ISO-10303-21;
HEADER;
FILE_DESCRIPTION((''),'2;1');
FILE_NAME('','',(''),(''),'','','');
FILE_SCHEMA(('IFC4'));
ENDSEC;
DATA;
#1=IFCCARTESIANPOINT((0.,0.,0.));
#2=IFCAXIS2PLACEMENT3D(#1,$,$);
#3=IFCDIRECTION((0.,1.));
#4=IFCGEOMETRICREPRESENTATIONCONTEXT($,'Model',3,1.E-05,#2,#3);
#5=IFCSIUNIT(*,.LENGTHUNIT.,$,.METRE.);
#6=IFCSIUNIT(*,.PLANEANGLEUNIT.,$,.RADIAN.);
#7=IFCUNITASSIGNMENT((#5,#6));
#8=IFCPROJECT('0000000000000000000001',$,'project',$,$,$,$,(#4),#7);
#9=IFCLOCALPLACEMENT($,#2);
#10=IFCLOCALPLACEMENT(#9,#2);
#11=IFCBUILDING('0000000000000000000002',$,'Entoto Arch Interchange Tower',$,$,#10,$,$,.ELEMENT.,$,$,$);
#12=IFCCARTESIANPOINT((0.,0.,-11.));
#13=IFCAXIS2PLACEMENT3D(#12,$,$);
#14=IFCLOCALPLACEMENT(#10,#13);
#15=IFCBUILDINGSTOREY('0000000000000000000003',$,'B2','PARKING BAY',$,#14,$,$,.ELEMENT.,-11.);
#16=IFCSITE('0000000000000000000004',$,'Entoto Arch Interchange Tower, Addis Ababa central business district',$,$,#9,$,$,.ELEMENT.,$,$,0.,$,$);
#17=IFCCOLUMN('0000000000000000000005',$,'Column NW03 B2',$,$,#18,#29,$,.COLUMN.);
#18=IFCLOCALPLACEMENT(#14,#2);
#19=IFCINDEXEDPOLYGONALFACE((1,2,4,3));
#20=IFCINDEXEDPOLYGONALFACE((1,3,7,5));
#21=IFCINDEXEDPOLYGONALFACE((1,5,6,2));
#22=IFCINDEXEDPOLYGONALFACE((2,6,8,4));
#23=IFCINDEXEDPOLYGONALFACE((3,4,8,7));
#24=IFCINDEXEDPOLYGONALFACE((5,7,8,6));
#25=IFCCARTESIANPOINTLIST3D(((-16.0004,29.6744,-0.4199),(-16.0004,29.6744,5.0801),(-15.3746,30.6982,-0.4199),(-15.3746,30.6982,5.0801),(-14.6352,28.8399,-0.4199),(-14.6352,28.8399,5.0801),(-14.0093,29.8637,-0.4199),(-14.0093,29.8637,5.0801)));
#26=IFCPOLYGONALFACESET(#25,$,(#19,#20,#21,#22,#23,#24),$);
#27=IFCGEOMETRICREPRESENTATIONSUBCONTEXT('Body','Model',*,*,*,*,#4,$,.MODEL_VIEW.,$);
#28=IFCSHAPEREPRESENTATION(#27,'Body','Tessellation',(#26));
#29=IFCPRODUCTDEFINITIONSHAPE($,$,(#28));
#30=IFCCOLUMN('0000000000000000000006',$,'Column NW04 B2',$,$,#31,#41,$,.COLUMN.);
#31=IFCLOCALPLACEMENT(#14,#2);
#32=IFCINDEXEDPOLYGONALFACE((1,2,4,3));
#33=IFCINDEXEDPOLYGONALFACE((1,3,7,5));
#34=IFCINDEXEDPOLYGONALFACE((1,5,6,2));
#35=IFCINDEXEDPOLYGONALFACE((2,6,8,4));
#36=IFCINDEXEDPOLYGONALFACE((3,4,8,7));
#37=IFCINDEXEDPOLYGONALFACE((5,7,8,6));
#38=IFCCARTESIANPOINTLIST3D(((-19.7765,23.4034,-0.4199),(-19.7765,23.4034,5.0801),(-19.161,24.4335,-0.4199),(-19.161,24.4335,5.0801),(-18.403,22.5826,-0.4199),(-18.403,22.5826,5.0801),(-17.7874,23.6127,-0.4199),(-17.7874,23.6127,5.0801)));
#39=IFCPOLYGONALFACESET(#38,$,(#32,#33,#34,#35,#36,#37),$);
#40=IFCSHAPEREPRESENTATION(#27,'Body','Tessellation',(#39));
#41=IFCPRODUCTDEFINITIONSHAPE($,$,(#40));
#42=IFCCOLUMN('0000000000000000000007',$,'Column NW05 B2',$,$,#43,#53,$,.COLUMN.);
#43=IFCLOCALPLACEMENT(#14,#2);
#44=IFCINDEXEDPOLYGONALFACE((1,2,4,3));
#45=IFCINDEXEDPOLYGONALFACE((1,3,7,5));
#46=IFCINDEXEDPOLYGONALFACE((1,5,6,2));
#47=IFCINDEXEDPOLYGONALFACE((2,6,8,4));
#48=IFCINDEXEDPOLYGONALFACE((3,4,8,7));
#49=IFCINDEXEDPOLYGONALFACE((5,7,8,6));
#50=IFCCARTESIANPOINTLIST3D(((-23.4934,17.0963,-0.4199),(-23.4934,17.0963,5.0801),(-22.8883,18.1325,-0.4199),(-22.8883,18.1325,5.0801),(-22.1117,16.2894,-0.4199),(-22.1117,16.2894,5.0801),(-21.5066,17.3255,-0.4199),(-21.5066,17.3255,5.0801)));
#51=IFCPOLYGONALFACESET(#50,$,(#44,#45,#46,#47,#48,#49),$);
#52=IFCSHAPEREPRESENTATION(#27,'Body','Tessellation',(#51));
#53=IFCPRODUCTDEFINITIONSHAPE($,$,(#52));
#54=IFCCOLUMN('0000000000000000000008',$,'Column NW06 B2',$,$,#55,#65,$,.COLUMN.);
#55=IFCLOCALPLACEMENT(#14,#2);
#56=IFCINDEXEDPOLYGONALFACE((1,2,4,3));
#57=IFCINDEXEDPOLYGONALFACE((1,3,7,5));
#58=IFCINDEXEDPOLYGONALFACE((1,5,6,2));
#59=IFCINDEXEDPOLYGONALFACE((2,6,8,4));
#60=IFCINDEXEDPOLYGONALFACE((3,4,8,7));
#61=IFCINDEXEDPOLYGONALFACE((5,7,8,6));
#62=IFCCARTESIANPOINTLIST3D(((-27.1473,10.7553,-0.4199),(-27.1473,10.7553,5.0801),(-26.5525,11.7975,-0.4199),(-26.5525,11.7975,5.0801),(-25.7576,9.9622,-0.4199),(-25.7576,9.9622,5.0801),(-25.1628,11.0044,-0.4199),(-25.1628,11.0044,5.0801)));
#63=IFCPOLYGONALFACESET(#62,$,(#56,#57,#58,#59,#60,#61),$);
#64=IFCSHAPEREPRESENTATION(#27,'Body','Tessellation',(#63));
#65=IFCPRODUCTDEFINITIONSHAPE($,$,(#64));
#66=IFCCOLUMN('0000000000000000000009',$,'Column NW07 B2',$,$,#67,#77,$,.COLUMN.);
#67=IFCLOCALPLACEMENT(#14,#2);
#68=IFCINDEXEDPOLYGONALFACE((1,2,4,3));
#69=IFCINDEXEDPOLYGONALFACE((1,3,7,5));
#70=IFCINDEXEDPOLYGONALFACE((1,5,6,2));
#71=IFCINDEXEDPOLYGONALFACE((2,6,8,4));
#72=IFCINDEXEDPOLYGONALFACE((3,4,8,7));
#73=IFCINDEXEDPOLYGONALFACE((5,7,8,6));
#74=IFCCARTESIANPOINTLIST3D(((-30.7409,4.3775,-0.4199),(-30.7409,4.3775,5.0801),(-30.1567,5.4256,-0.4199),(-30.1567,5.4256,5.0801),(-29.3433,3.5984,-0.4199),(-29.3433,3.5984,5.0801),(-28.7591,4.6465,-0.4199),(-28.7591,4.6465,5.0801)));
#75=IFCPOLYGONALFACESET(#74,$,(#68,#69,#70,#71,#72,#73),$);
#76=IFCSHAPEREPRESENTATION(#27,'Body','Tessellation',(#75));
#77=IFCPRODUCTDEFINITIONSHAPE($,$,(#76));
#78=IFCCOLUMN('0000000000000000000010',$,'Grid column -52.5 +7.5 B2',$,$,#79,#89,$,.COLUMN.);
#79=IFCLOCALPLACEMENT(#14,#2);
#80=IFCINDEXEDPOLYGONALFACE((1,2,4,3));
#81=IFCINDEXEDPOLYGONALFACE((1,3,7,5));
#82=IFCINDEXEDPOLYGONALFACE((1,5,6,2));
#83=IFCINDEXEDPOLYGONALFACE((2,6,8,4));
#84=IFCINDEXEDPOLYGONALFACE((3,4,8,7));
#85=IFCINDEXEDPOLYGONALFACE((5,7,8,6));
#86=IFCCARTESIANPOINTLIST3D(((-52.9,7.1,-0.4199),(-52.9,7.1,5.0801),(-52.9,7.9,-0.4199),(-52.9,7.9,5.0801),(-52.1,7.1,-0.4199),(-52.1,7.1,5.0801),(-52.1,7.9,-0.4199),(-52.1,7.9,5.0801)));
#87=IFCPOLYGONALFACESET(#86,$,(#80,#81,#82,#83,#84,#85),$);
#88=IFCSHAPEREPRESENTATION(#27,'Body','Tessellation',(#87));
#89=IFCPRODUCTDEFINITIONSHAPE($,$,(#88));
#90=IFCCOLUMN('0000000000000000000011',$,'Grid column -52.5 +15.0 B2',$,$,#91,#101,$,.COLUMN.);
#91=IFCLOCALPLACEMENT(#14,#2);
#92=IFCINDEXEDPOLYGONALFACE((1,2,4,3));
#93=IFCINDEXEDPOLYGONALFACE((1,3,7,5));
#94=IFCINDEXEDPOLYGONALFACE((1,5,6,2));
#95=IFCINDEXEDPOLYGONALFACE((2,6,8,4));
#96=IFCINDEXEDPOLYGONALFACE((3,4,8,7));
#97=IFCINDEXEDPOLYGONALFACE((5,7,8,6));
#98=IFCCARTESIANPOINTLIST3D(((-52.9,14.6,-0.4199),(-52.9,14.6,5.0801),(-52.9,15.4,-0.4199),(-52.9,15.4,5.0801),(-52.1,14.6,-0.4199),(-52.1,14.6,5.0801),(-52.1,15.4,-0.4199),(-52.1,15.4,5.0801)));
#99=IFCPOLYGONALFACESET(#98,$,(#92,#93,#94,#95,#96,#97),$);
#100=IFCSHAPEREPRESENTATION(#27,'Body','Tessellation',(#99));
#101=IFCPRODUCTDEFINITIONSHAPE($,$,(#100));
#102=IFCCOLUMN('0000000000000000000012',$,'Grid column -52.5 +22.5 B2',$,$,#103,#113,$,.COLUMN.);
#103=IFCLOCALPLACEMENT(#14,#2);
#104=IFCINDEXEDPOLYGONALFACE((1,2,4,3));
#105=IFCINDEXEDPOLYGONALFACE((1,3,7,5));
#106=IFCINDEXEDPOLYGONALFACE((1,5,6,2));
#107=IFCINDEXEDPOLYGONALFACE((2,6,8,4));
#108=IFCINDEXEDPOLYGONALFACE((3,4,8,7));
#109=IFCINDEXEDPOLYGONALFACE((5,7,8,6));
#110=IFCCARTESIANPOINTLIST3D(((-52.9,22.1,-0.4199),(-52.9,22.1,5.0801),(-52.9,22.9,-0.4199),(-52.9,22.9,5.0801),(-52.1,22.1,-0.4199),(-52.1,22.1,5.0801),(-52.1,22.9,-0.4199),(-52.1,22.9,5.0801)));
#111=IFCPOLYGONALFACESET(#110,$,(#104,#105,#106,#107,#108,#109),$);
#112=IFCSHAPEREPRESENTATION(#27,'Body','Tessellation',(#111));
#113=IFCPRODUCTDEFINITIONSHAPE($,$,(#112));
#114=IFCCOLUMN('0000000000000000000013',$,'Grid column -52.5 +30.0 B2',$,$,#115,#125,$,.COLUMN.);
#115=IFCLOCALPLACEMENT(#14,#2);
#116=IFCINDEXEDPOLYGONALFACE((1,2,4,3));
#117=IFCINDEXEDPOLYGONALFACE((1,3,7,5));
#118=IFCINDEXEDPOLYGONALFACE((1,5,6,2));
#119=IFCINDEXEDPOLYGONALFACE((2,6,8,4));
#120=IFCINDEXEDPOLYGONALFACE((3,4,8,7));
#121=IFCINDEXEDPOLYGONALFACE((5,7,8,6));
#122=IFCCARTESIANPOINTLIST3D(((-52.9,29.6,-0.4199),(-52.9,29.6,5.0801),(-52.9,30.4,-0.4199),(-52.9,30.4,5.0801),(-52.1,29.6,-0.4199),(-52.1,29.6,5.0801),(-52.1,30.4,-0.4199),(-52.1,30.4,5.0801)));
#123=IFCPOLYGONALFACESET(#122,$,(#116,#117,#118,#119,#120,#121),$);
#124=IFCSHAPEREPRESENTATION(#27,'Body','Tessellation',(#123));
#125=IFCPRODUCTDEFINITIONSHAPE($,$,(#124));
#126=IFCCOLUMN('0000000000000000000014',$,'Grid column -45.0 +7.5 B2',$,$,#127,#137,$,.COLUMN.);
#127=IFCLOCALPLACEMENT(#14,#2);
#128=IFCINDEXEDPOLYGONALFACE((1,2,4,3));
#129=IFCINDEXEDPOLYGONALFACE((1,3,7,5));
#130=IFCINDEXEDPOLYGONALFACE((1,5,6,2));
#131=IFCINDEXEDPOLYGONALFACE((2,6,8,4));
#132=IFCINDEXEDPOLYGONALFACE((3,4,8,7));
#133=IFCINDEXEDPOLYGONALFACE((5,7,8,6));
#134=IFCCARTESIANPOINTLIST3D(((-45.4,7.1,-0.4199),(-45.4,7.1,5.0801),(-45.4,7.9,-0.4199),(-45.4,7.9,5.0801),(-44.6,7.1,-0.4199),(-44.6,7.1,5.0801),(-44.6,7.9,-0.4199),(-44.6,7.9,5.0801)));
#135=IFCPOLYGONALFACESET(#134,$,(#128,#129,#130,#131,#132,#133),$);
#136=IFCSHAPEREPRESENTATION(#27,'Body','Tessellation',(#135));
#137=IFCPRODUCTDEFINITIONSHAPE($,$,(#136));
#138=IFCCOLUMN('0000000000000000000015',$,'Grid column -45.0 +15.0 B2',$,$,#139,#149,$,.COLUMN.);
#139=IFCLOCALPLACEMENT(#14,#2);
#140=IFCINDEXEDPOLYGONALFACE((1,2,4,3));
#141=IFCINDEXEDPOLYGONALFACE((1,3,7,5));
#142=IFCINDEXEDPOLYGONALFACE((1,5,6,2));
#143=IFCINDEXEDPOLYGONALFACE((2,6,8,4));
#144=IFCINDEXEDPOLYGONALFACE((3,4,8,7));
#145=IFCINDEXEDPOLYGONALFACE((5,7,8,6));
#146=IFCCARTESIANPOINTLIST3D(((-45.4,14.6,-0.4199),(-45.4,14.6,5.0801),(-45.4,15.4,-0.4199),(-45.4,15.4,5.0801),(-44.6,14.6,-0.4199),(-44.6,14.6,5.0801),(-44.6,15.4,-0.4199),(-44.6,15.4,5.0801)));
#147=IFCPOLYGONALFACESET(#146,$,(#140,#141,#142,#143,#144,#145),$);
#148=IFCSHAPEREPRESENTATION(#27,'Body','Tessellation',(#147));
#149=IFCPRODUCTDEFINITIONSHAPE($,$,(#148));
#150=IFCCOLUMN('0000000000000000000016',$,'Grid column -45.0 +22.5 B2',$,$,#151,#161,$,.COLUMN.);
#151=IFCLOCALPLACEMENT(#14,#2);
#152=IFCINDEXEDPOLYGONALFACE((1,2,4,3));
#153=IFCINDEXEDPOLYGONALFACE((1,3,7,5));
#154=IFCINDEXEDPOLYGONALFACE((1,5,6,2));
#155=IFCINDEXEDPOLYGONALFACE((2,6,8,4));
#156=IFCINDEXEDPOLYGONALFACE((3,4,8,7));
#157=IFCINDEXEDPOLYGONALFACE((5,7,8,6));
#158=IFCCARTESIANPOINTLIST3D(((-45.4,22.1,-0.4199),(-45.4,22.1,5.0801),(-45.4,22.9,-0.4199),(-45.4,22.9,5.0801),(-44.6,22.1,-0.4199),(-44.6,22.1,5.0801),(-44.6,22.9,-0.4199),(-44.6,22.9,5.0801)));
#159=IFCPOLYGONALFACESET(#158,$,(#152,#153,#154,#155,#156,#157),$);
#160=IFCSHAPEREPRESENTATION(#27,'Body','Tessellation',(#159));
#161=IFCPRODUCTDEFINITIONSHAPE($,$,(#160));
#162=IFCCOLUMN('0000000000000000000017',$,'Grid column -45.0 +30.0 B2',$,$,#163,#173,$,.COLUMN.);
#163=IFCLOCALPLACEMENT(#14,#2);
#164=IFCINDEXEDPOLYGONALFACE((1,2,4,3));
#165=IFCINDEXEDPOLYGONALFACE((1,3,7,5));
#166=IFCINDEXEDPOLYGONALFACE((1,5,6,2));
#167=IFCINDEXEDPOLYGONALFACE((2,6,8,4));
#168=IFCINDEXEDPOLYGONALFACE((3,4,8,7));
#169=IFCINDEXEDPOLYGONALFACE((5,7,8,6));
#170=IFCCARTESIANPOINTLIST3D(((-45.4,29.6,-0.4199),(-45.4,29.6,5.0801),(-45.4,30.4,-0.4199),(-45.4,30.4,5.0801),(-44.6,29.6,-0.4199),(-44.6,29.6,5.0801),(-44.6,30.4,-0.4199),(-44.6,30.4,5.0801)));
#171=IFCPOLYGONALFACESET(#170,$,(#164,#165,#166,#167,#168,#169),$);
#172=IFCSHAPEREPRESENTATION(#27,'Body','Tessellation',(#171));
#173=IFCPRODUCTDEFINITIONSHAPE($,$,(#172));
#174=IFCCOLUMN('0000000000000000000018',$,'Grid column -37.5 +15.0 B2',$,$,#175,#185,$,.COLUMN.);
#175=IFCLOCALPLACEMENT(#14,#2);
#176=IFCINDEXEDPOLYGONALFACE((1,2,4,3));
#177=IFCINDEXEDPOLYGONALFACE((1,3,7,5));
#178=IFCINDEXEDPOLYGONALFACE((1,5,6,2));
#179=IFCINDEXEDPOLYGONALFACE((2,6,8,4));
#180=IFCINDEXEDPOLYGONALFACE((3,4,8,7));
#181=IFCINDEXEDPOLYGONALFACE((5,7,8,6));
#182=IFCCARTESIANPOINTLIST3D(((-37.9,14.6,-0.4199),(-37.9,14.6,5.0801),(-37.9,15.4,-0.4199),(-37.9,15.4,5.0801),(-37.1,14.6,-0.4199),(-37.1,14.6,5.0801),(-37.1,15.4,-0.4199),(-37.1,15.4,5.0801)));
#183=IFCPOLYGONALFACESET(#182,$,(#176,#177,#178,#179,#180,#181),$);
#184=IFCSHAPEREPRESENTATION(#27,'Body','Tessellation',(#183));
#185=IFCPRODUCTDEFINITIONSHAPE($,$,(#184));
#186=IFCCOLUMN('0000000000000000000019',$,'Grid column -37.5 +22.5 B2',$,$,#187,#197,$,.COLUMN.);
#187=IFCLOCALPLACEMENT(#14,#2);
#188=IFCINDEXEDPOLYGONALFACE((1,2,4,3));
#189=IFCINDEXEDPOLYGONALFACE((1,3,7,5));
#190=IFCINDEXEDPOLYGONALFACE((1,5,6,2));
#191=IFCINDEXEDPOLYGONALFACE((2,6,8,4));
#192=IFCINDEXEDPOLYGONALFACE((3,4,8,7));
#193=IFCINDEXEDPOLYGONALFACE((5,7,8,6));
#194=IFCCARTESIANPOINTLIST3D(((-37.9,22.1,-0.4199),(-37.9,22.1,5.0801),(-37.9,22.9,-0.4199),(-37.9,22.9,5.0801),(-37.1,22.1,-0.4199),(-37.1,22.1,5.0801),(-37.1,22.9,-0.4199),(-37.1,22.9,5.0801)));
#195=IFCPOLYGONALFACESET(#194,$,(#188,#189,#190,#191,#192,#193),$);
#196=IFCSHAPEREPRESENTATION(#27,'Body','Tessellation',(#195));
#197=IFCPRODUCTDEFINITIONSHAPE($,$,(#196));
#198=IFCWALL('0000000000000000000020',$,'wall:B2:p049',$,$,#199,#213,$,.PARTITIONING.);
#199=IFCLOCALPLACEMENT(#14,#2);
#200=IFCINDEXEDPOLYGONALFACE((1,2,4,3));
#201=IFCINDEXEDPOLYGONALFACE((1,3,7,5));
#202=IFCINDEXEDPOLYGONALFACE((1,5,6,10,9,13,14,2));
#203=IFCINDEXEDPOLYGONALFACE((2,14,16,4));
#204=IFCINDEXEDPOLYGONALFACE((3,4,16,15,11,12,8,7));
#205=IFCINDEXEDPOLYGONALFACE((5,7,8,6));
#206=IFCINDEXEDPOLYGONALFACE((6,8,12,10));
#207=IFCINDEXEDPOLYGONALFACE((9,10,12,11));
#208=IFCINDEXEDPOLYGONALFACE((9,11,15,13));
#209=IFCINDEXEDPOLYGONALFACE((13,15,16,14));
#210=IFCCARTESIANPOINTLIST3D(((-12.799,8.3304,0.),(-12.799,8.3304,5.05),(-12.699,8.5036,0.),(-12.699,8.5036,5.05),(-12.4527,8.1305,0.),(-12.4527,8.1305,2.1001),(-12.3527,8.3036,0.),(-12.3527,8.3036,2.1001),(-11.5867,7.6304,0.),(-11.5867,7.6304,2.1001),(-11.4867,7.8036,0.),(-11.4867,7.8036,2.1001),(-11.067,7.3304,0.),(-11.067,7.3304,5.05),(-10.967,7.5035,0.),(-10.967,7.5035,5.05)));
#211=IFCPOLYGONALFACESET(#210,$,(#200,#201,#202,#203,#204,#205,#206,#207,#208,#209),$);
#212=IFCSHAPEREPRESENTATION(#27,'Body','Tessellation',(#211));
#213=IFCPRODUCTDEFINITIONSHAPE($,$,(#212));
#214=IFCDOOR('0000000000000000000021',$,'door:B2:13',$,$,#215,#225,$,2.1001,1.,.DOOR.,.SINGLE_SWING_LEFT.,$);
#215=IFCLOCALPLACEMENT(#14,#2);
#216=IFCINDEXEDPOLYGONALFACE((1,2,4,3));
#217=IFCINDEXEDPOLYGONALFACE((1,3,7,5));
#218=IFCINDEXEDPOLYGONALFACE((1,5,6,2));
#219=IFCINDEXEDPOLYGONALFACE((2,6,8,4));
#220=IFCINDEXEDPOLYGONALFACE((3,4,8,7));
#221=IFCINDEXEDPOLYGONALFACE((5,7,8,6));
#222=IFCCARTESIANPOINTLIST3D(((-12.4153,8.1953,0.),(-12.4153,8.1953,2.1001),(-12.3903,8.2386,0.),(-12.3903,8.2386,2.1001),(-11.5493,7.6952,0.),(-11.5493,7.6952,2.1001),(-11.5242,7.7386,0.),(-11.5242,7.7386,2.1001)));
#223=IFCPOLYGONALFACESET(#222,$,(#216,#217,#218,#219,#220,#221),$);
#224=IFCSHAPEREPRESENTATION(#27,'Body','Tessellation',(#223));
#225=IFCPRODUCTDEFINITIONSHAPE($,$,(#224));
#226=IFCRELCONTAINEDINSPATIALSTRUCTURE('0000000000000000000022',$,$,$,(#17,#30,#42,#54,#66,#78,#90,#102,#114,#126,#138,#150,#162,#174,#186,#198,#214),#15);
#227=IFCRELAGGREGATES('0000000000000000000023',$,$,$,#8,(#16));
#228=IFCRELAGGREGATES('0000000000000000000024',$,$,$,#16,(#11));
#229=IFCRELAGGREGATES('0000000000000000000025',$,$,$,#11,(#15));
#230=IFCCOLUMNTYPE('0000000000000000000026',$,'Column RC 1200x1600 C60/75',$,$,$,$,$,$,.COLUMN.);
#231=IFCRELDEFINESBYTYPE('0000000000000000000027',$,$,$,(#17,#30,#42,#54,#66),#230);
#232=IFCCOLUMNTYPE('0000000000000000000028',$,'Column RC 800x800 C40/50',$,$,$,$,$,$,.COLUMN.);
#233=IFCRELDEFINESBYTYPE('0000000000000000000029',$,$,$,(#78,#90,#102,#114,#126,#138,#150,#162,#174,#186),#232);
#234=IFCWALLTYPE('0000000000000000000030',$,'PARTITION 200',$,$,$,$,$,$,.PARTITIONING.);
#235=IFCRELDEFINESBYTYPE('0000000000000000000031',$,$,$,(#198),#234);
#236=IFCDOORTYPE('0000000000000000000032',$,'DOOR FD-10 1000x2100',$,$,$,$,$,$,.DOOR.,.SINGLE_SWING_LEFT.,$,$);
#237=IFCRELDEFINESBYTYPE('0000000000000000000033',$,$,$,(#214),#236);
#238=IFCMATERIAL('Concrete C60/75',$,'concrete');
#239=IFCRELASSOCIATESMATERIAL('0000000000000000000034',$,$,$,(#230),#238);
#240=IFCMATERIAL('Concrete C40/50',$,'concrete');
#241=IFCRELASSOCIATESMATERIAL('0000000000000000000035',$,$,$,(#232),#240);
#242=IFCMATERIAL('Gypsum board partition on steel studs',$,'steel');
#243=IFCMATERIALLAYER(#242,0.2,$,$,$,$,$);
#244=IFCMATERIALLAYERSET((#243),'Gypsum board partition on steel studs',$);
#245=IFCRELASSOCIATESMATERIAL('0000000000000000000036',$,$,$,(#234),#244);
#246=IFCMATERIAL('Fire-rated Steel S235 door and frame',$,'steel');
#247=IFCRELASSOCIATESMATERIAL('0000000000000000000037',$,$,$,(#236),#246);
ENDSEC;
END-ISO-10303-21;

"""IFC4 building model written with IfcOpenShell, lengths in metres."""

from ifc_helpers import new_model, si_unit, direction, frame, frame_2d, origin, origin_2d, place, context, subcontext, project, spatial, rectangle, extrude, material, layer, layer_set, material_profile, profile_set, type_object, element, fill, save


model = new_model("IFC4")

# Units and contexts
model_context = context("Model", 3, precision=1e-05, world=origin(), true_north=direction((0.0, 1.0)))
body_context = subcontext(model_context, "Body", "Model", "MODEL_VIEW")
ifc_project = project(units=[si_unit("LENGTHUNIT", "METRE"), si_unit("PLANEANGLEUNIT", "RADIAN")], contexts=[model_context])

# Site, building, storey
site_placement = place(None, origin())
site = spatial("IfcSite", under=ifc_project, at=site_placement, Name="Entoto Arch Interchange Tower, Addis Ababa central business district", CompositionType="ELEMENT", RefElevation=0.0)
building_placement = place(site_placement, origin())
building = spatial("IfcBuilding", under=site, at=building_placement, Name="Entoto Arch Interchange Tower", CompositionType="ELEMENT")
storey_placement = place(building_placement, frame((0.0, 0.0, -11.0)))
storey = spatial("IfcBuildingStorey", under=building, at=storey_placement, Name="B2", Description="PARKING BAY", CompositionType="ELEMENT", Elevation=-11.0)

# Columns
ifc_material_1 = material(Name="Concrete C60/75", Category="concrete")
ifc_material_profile_1 = material_profile(ifc_material_1, rectangle(XDim=1.2, YDim=1.6001, at=origin_2d()))
ifc_profile_set_1 = profile_set([ifc_material_profile_1], Name="Concrete C60/75")
column_type_1 = type_object("IfcColumnType", Name="Column RC 1200x1600 C60/75", PredefinedType="COLUMN", material=ifc_profile_set_1)
for number, where, z_axis, x_axis, name in (
    (1, (-15.0049, 29.769, -0.4199), (0.0, 0.0, 1.0), (0.521546, 0.853223, 0.0), "Column NW03 B2"),
    (2, (-18.782, 23.5081, -0.4199), (0.0, 0.0, 1.0), (0.512972, 0.858405, 0.0), "Column NW04 B2"),
    (3, (-22.5, 17.2109, -0.4199), (0.0, 0.0, 1.0), (0.504332, 0.86351, 0.0), "Column NW05 B2"),
    (4, (-26.155, 10.8799, -0.4199), (0.0, 0.0, 1.0), (0.495656, 0.868519, 0.0), "Column NW06 B2"),
    (5, (-29.75, 4.512, -0.4199), (0.0, 0.0, 1.0), (0.486915, 0.873449, 0.0), "Column NW07 B2"),
):
    element("IfcColumn", number, at=place(storey_placement, frame(where, z_axis=z_axis, x_axis=x_axis)), inside=storey, type_object=column_type_1, Name=name, PredefinedType="COLUMN", context=body_context, shape_type="SweptSolid", body=[
        extrude(rectangle(XDim=1.2, YDim=1.6001, at=origin_2d()), origin(), (0.0, 0.0, 1.0), 5.5),
    ])
ifc_material_2 = material(Name="Concrete C40/50", Category="concrete")
ifc_material_profile_2 = material_profile(ifc_material_2, rectangle(XDim=0.8, YDim=0.8, at=origin_2d()))
ifc_profile_set_2 = profile_set([ifc_material_profile_2], Name="Concrete C40/50")
column_type_2 = type_object("IfcColumnType", Name="Column RC 800x800 C40/50", PredefinedType="COLUMN", material=ifc_profile_set_2)
for number, where, z_axis, x_axis, name in (
    (6, (-52.5, 7.5, -0.4199), (0.0, 0.0, 1.0), (1.0, 0.0, 0.0), "Grid column -52.5 +7.5 B2"),
    (7, (-52.5, 15.0, -0.4199), (0.0, 0.0, 1.0), (1.0, 0.0, 0.0), "Grid column -52.5 +15.0 B2"),
    (8, (-52.5, 22.5, -0.4199), (0.0, 0.0, 1.0), (1.0, 0.0, 0.0), "Grid column -52.5 +22.5 B2"),
    (9, (-52.5, 30.0, -0.4199), (0.0, 0.0, 1.0), (1.0, 0.0, 0.0), "Grid column -52.5 +30.0 B2"),
    (10, (-45.0, 7.5, -0.4199), (0.0, 0.0, 1.0), (1.0, 0.0, 0.0), "Grid column -45.0 +7.5 B2"),
    (11, (-45.0, 15.0, -0.4199), (0.0, 0.0, 1.0), (1.0, 0.0, 0.0), "Grid column -45.0 +15.0 B2"),
    (12, (-45.0, 22.5, -0.4199), (0.0, 0.0, 1.0), (1.0, 0.0, 0.0), "Grid column -45.0 +22.5 B2"),
    (13, (-45.0, 30.0, -0.4199), (0.0, 0.0, 1.0), (1.0, 0.0, 0.0), "Grid column -45.0 +30.0 B2"),
    (14, (-37.5, 15.0, -0.4199), (0.0, 0.0, 1.0), (1.0, 0.0, 0.0), "Grid column -37.5 +15.0 B2"),
    (15, (-37.5, 22.5, -0.4199), (0.0, 0.0, 1.0), (1.0, 0.0, 0.0), "Grid column -37.5 +22.5 B2"),
):
    element("IfcColumn", number, at=place(storey_placement, frame(where, z_axis=z_axis, x_axis=x_axis)), inside=storey, type_object=column_type_2, Name=name, PredefinedType="COLUMN", context=body_context, shape_type="SweptSolid", body=[
        extrude(rectangle(XDim=0.8, YDim=0.8, at=origin_2d()), origin(), (0.0, 0.0, 1.0), 5.5),
    ])

# Wall, opening, door
ifc_material_3 = material(Name="Gypsum board partition on steel studs", Category="steel")
ifc_layer = layer(ifc_material_3, 0.2)
ifc_layer_set = layer_set([ifc_layer], Name="Gypsum board partition on steel studs")
wall_type = type_object("IfcWallType", Name="PARTITION 200", PredefinedType="PARTITIONING", material=ifc_layer_set)
wall_1_placement = place(storey_placement, frame((-12.749, 8.417, 0.0), z_axis=(0.0, 0.0, 1.0), x_axis=(0.866011, -0.500025, 0.0)))
wall_1 = element("IfcWall", 16, at=wall_1_placement, inside=storey, type_object=wall_type, Name="wall:B2:p049", PredefinedType="PARTITIONING", context=body_context, shape_type="SweptSolid", body=[
    extrude(rectangle(XDim=2.0, YDim=0.2, at=frame_2d((1.0, 0.0))), origin(), (0.0, 0.0, 1.0), 5.05),
])
opening_1_placement = place(wall_1_placement, frame((0.3999, 0.0, 0.0)))
opening_1 = element("IfcOpeningElement", 17, at=opening_1_placement, cuts=wall_1, PredefinedType="OPENING", context=body_context, shape_type="SweptSolid", body=[
    extrude(rectangle(XDim=1.0, YDim=2.1001, at=frame_2d((0.5, 1.05))), frame((0.0, 0.1099, 0.0), z_axis=(0.0, -1.0, 0.0), x_axis=(1.0, 0.0, 0.0)), (0.0, 0.0, 1.0), 0.22),
])
ifc_material_4 = material(Name="Fire-rated Steel S235 door and frame", Category="steel")
door_type_1 = type_object("IfcDoorType", Name="DOOR FD-10 1000x2100", OperationType="SINGLE_SWING_LEFT", PredefinedType="DOOR", material=ifc_material_4)
door_1_placement = place(opening_1_placement, origin())
door_1 = element("IfcDoor", 18, at=door_1_placement, inside=storey, type_object=door_type_1, Name="door:B2:13", OperationType="SINGLE_SWING_LEFT", OverallHeight=2.1001, OverallWidth=1.0, PredefinedType="DOOR", context=body_context, shape_type="SweptSolid", body=[
    extrude(rectangle(XDim=1.0, YDim=2.1001, at=frame_2d((0.5, 1.05))), frame((0.0, 0.0249, 0.0), z_axis=(0.0, -1.0, 0.0), x_axis=(1.0, 0.0, 0.0)), (0.0, 0.0, 1.0), 0.05),
])
fill(opening_1, door_1)

save(model, "model.ifc")
